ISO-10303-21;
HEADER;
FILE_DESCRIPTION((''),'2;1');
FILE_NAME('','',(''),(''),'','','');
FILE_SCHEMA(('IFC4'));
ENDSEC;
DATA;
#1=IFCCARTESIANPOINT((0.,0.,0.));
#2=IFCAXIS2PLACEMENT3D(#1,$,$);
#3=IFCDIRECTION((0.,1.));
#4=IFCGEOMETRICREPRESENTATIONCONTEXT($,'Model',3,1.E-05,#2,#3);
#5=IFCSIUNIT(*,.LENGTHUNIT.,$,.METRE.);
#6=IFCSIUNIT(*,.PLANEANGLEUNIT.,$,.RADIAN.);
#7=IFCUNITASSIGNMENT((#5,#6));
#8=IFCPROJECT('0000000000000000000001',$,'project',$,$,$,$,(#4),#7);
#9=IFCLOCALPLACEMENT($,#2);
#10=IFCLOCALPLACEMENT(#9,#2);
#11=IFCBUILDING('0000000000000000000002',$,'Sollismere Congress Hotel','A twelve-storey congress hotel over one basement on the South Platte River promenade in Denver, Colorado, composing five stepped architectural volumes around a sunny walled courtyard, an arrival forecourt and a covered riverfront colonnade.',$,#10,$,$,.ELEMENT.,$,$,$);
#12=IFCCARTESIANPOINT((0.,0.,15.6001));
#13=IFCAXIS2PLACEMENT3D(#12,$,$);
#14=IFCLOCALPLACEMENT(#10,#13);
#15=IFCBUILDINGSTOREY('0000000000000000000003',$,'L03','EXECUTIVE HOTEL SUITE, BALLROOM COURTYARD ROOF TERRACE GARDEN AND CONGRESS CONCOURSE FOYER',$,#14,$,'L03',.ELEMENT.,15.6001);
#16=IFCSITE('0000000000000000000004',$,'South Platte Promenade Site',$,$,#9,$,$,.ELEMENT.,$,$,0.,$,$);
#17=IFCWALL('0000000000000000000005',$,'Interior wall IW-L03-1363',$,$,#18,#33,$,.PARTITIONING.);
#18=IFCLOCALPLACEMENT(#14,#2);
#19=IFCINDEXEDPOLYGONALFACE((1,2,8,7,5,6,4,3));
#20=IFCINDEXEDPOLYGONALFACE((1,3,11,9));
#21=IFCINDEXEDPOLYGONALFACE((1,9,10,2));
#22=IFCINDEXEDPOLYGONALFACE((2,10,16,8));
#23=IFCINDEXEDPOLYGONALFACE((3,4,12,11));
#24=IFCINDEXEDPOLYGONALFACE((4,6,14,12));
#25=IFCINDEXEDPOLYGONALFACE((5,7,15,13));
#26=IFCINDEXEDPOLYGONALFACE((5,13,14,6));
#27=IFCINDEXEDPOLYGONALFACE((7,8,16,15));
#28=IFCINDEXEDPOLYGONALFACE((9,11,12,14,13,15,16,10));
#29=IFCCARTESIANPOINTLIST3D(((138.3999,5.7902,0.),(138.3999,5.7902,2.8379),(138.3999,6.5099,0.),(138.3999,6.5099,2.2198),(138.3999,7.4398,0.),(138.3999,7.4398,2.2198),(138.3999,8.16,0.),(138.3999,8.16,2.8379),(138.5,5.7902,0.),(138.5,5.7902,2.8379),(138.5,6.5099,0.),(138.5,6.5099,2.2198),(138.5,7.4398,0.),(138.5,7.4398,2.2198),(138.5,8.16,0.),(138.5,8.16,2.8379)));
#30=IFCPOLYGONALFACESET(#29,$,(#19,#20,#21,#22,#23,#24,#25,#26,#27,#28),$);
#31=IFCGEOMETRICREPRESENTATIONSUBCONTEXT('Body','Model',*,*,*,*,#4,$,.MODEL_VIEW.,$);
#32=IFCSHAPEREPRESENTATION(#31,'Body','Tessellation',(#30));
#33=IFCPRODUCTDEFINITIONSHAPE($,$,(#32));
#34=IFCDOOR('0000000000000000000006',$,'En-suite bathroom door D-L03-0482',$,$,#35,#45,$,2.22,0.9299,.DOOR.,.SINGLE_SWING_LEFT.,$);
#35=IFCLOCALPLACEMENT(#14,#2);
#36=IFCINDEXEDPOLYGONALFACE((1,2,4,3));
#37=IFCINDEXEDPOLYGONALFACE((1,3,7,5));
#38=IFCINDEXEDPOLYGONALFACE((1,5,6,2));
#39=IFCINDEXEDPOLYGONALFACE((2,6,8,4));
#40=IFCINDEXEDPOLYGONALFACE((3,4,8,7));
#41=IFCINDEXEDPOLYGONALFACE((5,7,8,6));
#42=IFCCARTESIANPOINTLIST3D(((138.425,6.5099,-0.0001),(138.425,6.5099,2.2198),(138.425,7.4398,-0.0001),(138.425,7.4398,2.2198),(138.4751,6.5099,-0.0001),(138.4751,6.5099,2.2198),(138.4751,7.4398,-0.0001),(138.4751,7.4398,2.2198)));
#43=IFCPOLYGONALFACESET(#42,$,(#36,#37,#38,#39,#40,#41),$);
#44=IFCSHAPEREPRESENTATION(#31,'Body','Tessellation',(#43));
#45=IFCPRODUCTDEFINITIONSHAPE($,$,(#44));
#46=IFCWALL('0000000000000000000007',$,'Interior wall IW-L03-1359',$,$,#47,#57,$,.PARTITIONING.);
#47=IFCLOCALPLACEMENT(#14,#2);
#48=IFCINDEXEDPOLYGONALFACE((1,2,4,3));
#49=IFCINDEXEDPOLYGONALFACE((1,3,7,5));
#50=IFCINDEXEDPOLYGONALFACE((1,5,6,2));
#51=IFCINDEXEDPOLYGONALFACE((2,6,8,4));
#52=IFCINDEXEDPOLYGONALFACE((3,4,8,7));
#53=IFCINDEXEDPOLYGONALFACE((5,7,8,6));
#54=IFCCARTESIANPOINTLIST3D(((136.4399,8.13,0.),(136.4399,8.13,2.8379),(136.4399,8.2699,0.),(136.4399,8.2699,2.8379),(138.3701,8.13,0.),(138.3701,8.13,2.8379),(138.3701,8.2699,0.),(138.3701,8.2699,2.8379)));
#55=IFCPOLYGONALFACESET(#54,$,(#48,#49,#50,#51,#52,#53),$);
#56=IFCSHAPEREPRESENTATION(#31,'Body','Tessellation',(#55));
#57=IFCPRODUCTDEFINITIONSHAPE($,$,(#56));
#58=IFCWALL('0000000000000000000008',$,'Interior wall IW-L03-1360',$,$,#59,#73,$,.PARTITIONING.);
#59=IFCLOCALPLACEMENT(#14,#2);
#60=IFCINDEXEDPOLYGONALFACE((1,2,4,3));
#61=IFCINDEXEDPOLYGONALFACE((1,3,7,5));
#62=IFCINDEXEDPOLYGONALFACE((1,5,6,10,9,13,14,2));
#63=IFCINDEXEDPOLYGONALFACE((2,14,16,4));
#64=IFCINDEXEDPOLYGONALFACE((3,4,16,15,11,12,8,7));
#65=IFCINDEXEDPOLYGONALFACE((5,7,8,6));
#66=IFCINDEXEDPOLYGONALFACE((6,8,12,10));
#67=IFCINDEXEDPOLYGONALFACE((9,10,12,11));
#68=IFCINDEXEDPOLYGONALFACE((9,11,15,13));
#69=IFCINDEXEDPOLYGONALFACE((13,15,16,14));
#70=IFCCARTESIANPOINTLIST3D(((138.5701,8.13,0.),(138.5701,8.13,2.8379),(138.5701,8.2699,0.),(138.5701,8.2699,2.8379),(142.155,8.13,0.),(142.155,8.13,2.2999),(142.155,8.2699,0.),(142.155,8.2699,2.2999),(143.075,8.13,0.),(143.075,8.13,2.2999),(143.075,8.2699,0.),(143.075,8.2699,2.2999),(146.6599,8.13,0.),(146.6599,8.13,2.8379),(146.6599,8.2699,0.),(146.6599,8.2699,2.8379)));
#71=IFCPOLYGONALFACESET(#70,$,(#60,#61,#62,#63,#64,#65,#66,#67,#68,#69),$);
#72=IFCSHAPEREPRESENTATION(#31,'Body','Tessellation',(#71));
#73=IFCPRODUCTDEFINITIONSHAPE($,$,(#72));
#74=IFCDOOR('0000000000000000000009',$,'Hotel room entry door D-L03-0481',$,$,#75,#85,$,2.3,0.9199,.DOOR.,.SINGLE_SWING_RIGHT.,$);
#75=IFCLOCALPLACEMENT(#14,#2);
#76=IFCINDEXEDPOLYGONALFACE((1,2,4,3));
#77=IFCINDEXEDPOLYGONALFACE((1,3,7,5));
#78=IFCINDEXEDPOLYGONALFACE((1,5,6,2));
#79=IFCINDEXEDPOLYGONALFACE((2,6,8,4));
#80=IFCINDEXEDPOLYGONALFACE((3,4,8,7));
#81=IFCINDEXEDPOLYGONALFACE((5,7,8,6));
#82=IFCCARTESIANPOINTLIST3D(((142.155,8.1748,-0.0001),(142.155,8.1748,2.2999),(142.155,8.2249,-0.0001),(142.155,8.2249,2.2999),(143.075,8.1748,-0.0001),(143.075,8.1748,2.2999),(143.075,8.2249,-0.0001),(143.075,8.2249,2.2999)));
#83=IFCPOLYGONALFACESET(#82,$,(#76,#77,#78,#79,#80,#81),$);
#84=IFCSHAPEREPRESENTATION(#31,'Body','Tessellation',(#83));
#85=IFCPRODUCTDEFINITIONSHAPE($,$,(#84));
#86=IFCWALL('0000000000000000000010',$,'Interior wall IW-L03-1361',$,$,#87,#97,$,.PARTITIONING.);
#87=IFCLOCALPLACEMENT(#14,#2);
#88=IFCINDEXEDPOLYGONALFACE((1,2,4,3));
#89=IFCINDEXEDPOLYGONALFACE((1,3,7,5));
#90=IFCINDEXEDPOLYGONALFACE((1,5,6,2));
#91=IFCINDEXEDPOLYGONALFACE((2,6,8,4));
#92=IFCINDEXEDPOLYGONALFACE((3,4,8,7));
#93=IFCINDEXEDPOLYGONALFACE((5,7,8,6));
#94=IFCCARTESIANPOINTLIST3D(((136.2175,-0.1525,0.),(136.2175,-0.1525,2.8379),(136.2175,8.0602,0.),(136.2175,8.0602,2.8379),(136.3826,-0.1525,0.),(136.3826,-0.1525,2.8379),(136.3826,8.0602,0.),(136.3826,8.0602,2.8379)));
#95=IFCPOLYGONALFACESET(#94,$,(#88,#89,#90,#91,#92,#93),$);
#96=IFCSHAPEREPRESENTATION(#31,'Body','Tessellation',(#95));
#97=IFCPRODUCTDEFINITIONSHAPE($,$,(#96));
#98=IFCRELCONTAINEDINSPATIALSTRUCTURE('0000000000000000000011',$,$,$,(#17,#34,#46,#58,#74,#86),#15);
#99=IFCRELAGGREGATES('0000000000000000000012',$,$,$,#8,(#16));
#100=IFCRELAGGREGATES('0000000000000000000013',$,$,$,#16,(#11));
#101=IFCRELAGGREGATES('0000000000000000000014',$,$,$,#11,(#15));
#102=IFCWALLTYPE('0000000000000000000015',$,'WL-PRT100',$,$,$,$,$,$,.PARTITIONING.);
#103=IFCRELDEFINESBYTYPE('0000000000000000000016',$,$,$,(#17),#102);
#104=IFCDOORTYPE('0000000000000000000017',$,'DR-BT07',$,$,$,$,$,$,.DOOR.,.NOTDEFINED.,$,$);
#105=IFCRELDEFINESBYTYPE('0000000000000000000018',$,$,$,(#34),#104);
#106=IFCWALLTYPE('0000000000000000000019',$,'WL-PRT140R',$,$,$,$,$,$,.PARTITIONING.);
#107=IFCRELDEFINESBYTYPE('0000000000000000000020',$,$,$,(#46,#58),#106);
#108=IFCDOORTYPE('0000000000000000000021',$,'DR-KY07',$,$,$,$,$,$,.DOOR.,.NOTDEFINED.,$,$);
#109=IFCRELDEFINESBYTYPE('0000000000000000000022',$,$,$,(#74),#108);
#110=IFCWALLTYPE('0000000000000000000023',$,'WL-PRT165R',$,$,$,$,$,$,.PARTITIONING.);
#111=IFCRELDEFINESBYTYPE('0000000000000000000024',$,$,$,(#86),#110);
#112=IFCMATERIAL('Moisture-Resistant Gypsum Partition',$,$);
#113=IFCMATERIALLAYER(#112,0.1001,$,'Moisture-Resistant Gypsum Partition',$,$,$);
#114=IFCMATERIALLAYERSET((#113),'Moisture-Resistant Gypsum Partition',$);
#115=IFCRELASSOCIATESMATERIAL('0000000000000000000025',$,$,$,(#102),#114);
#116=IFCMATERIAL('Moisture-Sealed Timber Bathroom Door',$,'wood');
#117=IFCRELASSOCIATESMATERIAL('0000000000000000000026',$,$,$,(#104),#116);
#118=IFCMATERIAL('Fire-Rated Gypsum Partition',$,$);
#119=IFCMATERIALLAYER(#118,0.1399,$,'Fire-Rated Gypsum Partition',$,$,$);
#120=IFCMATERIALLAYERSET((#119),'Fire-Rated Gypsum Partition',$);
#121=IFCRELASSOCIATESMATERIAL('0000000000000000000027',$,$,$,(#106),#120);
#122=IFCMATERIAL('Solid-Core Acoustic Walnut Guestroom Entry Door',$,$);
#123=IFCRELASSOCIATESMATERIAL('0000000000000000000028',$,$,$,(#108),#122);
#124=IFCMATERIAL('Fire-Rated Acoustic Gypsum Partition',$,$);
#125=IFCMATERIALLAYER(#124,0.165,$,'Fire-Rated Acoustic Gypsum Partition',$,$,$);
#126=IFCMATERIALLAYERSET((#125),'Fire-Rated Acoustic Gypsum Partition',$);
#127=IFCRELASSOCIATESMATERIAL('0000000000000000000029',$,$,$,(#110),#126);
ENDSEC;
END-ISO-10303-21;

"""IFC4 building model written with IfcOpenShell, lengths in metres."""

from ifc_helpers import new_model, si_unit, direction, frame, frame_2d, origin, place, context, subcontext, project, spatial, rectangle, extrude, material, layer, layer_set, type_object, element, fill, save


model = new_model("IFC4")

# Units and contexts
model_context = context("Model", 3, precision=1e-05, world=origin(), true_north=direction((0.0, 1.0)))
body_context = subcontext(model_context, "Body", "Model", "MODEL_VIEW")
ifc_project = project(units=[si_unit("LENGTHUNIT", "METRE"), si_unit("PLANEANGLEUNIT", "RADIAN")], contexts=[model_context])

# Site, building, storey
site_placement = place(None, origin())
site = spatial("IfcSite", under=ifc_project, at=site_placement, Name="South Platte Promenade Site", CompositionType="ELEMENT", RefElevation=0.0)
building_placement = place(site_placement, origin())
building = spatial("IfcBuilding", under=site, at=building_placement, Name="Sollismere Congress Hotel", Description="A twelve-storey congress hotel over one basement on the South Platte River promenade in Denver, Colorado, composing five stepped architectural volumes around a sunny walled courtyard, an arrival forecourt and a covered riverfront colonnade.", CompositionType="ELEMENT")
storey_placement = place(building_placement, frame((0.0, 0.0, 15.6001)))
storey = spatial("IfcBuildingStorey", under=building, at=storey_placement, Name="L03", Description="EXECUTIVE HOTEL SUITE, BALLROOM COURTYARD ROOF TERRACE GARDEN AND CONGRESS CONCOURSE FOYER", LongName="L03", CompositionType="ELEMENT", Elevation=15.6001)

# Wall, opening, door
ifc_material_1 = material(Name="Moisture-Resistant Gypsum Partition")
ifc_layer_1 = layer(ifc_material_1, 0.1001, Name="Moisture-Resistant Gypsum Partition")
ifc_layer_set_1 = layer_set([ifc_layer_1], Name="Moisture-Resistant Gypsum Partition")
wall_type_1 = type_object("IfcWallType", Name="WL-PRT100", PredefinedType="PARTITIONING", material=ifc_layer_set_1)
wall_1_placement = place(storey_placement, frame((138.45, 5.79, 0.0), z_axis=(0.0, 0.0, 1.0), x_axis=(0.0, 1.0, 0.0)))
wall_1 = element("IfcWall", 1, at=wall_1_placement, inside=storey, type_object=wall_type_1, Name="Interior wall IW-L03-1363", PredefinedType="PARTITIONING", context=body_context, shape_type="SweptSolid", body=[
    extrude(rectangle(XDim=2.3699, YDim=0.1001, at=frame_2d((1.1851, 0.0))), origin(), (0.0, 0.0, 1.0), 2.8379),
])
opening_1_placement = place(wall_1_placement, frame((0.72, 0.0, 0.0)))
opening_1 = element("IfcOpeningElement", 2, at=opening_1_placement, cuts=wall_1, PredefinedType="OPENING", context=body_context, shape_type="SweptSolid", body=[
    extrude(rectangle(XDim=0.9299, YDim=2.22, at=frame_2d((0.4648, 1.1099))), frame((0.0, 0.0601, 0.0), z_axis=(0.0, -1.0, 0.0), x_axis=(1.0, 0.0, 0.0)), (0.0, 0.0, 1.0), 0.1201),
])
ifc_material_2 = material(Name="Moisture-Sealed Timber Bathroom Door", Category="wood")
door_type_1 = type_object("IfcDoorType", Name="DR-BT07", OperationType="NOTDEFINED", PredefinedType="DOOR", material=ifc_material_2)
door_1_placement = place(opening_1_placement, origin())
door_1 = element("IfcDoor", 3, at=door_1_placement, inside=storey, type_object=door_type_1, Name="En-suite bathroom door D-L03-0482", OperationType="SINGLE_SWING_LEFT", OverallHeight=2.22, OverallWidth=0.9299, PredefinedType="DOOR", context=body_context, shape_type="SweptSolid", body=[
    extrude(rectangle(XDim=0.9299, YDim=2.22, at=frame_2d((0.4648, 1.1099))), frame((0.0, 0.0249, 0.0), z_axis=(0.0, -1.0, 0.0), x_axis=(1.0, 0.0, 0.0)), (0.0, 0.0, 1.0), 0.05),
])
fill(opening_1, door_1)

# Wall
ifc_material_3 = material(Name="Fire-Rated Gypsum Partition")
ifc_layer_2 = layer(ifc_material_3, 0.1399, Name="Fire-Rated Gypsum Partition")
ifc_layer_set_2 = layer_set([ifc_layer_2], Name="Fire-Rated Gypsum Partition")
wall_type_2 = type_object("IfcWallType", Name="WL-PRT140R", PredefinedType="PARTITIONING", material=ifc_layer_set_2)
wall_2_placement = place(storey_placement, frame((136.4399, 8.2, 0.0), z_axis=(0.0, 0.0, 1.0), x_axis=(1.0, 0.0, 0.0)))
element("IfcWall", 4, at=wall_2_placement, inside=storey, type_object=wall_type_2, Name="Interior wall IW-L03-1359", PredefinedType="PARTITIONING", context=body_context, shape_type="SweptSolid", body=[
    extrude(rectangle(XDim=1.9302, YDim=0.1399, at=frame_2d((0.9651, 0.0))), origin(), (0.0, 0.0, 1.0), 2.8379),
])

# Wall, opening, door
wall_3_placement = place(storey_placement, frame((138.5701, 8.2, 0.0), z_axis=(0.0, 0.0, 1.0), x_axis=(1.0, 0.0, 0.0)))
wall_3 = element("IfcWall", 5, at=wall_3_placement, inside=storey, type_object=wall_type_2, Name="Interior wall IW-L03-1360", PredefinedType="PARTITIONING", context=body_context, shape_type="SweptSolid", body=[
    extrude(rectangle(XDim=8.0898, YDim=0.1399, at=frame_2d((4.0449, 0.0))), origin(), (0.0, 0.0, 1.0), 2.8379),
])
opening_2_placement = place(wall_3_placement, frame((3.585, 0.0, 0.0)))
opening_2 = element("IfcOpeningElement", 6, at=opening_2_placement, cuts=wall_3, PredefinedType="OPENING", context=body_context, shape_type="SweptSolid", body=[
    extrude(rectangle(XDim=0.9199, YDim=2.3, at=frame_2d((0.46, 1.1499))), frame((0.0, 0.0798, 0.0), z_axis=(0.0, -1.0, 0.0), x_axis=(1.0, 0.0, 0.0)), (0.0, 0.0, 1.0), 0.1599),
])
ifc_material_4 = material(Name="Solid-Core Acoustic Walnut Guestroom Entry Door")
door_type_2 = type_object("IfcDoorType", Name="DR-KY07", OperationType="NOTDEFINED", PredefinedType="DOOR", material=ifc_material_4)
door_2_placement = place(opening_2_placement, origin())
door_2 = element("IfcDoor", 7, at=door_2_placement, inside=storey, type_object=door_type_2, Name="Hotel room entry door D-L03-0481", OperationType="SINGLE_SWING_RIGHT", OverallHeight=2.3, OverallWidth=0.9199, PredefinedType="DOOR", context=body_context, shape_type="SweptSolid", body=[
    extrude(rectangle(XDim=0.9199, YDim=2.3, at=frame_2d((0.46, 1.1499))), frame((0.0, 0.0249, 0.0), z_axis=(0.0, -1.0, 0.0), x_axis=(1.0, 0.0, 0.0)), (0.0, 0.0, 1.0), 0.05),
])
fill(opening_2, door_2)

# Wall
ifc_material_5 = material(Name="Fire-Rated Acoustic Gypsum Partition")
ifc_layer_3 = layer(ifc_material_5, 0.165, Name="Fire-Rated Acoustic Gypsum Partition")
ifc_layer_set_3 = layer_set([ifc_layer_3], Name="Fire-Rated Acoustic Gypsum Partition")
wall_type_3 = type_object("IfcWallType", Name="WL-PRT165R", PredefinedType="PARTITIONING", material=ifc_layer_set_3)
wall_4_placement = place(storey_placement, frame((136.3, -0.1526, 0.0), z_axis=(0.0, 0.0, 1.0), x_axis=(0.0, 1.0, 0.0)))
element("IfcWall", 8, at=wall_4_placement, inside=storey, type_object=wall_type_3, Name="Interior wall IW-L03-1361", PredefinedType="PARTITIONING", context=body_context, shape_type="SweptSolid", body=[
    extrude(rectangle(XDim=8.2126, YDim=0.165, at=frame_2d((4.1064, 0.0))), origin(), (0.0, 0.0, 1.0), 2.8379),
])

save(model, "model.ifc")
